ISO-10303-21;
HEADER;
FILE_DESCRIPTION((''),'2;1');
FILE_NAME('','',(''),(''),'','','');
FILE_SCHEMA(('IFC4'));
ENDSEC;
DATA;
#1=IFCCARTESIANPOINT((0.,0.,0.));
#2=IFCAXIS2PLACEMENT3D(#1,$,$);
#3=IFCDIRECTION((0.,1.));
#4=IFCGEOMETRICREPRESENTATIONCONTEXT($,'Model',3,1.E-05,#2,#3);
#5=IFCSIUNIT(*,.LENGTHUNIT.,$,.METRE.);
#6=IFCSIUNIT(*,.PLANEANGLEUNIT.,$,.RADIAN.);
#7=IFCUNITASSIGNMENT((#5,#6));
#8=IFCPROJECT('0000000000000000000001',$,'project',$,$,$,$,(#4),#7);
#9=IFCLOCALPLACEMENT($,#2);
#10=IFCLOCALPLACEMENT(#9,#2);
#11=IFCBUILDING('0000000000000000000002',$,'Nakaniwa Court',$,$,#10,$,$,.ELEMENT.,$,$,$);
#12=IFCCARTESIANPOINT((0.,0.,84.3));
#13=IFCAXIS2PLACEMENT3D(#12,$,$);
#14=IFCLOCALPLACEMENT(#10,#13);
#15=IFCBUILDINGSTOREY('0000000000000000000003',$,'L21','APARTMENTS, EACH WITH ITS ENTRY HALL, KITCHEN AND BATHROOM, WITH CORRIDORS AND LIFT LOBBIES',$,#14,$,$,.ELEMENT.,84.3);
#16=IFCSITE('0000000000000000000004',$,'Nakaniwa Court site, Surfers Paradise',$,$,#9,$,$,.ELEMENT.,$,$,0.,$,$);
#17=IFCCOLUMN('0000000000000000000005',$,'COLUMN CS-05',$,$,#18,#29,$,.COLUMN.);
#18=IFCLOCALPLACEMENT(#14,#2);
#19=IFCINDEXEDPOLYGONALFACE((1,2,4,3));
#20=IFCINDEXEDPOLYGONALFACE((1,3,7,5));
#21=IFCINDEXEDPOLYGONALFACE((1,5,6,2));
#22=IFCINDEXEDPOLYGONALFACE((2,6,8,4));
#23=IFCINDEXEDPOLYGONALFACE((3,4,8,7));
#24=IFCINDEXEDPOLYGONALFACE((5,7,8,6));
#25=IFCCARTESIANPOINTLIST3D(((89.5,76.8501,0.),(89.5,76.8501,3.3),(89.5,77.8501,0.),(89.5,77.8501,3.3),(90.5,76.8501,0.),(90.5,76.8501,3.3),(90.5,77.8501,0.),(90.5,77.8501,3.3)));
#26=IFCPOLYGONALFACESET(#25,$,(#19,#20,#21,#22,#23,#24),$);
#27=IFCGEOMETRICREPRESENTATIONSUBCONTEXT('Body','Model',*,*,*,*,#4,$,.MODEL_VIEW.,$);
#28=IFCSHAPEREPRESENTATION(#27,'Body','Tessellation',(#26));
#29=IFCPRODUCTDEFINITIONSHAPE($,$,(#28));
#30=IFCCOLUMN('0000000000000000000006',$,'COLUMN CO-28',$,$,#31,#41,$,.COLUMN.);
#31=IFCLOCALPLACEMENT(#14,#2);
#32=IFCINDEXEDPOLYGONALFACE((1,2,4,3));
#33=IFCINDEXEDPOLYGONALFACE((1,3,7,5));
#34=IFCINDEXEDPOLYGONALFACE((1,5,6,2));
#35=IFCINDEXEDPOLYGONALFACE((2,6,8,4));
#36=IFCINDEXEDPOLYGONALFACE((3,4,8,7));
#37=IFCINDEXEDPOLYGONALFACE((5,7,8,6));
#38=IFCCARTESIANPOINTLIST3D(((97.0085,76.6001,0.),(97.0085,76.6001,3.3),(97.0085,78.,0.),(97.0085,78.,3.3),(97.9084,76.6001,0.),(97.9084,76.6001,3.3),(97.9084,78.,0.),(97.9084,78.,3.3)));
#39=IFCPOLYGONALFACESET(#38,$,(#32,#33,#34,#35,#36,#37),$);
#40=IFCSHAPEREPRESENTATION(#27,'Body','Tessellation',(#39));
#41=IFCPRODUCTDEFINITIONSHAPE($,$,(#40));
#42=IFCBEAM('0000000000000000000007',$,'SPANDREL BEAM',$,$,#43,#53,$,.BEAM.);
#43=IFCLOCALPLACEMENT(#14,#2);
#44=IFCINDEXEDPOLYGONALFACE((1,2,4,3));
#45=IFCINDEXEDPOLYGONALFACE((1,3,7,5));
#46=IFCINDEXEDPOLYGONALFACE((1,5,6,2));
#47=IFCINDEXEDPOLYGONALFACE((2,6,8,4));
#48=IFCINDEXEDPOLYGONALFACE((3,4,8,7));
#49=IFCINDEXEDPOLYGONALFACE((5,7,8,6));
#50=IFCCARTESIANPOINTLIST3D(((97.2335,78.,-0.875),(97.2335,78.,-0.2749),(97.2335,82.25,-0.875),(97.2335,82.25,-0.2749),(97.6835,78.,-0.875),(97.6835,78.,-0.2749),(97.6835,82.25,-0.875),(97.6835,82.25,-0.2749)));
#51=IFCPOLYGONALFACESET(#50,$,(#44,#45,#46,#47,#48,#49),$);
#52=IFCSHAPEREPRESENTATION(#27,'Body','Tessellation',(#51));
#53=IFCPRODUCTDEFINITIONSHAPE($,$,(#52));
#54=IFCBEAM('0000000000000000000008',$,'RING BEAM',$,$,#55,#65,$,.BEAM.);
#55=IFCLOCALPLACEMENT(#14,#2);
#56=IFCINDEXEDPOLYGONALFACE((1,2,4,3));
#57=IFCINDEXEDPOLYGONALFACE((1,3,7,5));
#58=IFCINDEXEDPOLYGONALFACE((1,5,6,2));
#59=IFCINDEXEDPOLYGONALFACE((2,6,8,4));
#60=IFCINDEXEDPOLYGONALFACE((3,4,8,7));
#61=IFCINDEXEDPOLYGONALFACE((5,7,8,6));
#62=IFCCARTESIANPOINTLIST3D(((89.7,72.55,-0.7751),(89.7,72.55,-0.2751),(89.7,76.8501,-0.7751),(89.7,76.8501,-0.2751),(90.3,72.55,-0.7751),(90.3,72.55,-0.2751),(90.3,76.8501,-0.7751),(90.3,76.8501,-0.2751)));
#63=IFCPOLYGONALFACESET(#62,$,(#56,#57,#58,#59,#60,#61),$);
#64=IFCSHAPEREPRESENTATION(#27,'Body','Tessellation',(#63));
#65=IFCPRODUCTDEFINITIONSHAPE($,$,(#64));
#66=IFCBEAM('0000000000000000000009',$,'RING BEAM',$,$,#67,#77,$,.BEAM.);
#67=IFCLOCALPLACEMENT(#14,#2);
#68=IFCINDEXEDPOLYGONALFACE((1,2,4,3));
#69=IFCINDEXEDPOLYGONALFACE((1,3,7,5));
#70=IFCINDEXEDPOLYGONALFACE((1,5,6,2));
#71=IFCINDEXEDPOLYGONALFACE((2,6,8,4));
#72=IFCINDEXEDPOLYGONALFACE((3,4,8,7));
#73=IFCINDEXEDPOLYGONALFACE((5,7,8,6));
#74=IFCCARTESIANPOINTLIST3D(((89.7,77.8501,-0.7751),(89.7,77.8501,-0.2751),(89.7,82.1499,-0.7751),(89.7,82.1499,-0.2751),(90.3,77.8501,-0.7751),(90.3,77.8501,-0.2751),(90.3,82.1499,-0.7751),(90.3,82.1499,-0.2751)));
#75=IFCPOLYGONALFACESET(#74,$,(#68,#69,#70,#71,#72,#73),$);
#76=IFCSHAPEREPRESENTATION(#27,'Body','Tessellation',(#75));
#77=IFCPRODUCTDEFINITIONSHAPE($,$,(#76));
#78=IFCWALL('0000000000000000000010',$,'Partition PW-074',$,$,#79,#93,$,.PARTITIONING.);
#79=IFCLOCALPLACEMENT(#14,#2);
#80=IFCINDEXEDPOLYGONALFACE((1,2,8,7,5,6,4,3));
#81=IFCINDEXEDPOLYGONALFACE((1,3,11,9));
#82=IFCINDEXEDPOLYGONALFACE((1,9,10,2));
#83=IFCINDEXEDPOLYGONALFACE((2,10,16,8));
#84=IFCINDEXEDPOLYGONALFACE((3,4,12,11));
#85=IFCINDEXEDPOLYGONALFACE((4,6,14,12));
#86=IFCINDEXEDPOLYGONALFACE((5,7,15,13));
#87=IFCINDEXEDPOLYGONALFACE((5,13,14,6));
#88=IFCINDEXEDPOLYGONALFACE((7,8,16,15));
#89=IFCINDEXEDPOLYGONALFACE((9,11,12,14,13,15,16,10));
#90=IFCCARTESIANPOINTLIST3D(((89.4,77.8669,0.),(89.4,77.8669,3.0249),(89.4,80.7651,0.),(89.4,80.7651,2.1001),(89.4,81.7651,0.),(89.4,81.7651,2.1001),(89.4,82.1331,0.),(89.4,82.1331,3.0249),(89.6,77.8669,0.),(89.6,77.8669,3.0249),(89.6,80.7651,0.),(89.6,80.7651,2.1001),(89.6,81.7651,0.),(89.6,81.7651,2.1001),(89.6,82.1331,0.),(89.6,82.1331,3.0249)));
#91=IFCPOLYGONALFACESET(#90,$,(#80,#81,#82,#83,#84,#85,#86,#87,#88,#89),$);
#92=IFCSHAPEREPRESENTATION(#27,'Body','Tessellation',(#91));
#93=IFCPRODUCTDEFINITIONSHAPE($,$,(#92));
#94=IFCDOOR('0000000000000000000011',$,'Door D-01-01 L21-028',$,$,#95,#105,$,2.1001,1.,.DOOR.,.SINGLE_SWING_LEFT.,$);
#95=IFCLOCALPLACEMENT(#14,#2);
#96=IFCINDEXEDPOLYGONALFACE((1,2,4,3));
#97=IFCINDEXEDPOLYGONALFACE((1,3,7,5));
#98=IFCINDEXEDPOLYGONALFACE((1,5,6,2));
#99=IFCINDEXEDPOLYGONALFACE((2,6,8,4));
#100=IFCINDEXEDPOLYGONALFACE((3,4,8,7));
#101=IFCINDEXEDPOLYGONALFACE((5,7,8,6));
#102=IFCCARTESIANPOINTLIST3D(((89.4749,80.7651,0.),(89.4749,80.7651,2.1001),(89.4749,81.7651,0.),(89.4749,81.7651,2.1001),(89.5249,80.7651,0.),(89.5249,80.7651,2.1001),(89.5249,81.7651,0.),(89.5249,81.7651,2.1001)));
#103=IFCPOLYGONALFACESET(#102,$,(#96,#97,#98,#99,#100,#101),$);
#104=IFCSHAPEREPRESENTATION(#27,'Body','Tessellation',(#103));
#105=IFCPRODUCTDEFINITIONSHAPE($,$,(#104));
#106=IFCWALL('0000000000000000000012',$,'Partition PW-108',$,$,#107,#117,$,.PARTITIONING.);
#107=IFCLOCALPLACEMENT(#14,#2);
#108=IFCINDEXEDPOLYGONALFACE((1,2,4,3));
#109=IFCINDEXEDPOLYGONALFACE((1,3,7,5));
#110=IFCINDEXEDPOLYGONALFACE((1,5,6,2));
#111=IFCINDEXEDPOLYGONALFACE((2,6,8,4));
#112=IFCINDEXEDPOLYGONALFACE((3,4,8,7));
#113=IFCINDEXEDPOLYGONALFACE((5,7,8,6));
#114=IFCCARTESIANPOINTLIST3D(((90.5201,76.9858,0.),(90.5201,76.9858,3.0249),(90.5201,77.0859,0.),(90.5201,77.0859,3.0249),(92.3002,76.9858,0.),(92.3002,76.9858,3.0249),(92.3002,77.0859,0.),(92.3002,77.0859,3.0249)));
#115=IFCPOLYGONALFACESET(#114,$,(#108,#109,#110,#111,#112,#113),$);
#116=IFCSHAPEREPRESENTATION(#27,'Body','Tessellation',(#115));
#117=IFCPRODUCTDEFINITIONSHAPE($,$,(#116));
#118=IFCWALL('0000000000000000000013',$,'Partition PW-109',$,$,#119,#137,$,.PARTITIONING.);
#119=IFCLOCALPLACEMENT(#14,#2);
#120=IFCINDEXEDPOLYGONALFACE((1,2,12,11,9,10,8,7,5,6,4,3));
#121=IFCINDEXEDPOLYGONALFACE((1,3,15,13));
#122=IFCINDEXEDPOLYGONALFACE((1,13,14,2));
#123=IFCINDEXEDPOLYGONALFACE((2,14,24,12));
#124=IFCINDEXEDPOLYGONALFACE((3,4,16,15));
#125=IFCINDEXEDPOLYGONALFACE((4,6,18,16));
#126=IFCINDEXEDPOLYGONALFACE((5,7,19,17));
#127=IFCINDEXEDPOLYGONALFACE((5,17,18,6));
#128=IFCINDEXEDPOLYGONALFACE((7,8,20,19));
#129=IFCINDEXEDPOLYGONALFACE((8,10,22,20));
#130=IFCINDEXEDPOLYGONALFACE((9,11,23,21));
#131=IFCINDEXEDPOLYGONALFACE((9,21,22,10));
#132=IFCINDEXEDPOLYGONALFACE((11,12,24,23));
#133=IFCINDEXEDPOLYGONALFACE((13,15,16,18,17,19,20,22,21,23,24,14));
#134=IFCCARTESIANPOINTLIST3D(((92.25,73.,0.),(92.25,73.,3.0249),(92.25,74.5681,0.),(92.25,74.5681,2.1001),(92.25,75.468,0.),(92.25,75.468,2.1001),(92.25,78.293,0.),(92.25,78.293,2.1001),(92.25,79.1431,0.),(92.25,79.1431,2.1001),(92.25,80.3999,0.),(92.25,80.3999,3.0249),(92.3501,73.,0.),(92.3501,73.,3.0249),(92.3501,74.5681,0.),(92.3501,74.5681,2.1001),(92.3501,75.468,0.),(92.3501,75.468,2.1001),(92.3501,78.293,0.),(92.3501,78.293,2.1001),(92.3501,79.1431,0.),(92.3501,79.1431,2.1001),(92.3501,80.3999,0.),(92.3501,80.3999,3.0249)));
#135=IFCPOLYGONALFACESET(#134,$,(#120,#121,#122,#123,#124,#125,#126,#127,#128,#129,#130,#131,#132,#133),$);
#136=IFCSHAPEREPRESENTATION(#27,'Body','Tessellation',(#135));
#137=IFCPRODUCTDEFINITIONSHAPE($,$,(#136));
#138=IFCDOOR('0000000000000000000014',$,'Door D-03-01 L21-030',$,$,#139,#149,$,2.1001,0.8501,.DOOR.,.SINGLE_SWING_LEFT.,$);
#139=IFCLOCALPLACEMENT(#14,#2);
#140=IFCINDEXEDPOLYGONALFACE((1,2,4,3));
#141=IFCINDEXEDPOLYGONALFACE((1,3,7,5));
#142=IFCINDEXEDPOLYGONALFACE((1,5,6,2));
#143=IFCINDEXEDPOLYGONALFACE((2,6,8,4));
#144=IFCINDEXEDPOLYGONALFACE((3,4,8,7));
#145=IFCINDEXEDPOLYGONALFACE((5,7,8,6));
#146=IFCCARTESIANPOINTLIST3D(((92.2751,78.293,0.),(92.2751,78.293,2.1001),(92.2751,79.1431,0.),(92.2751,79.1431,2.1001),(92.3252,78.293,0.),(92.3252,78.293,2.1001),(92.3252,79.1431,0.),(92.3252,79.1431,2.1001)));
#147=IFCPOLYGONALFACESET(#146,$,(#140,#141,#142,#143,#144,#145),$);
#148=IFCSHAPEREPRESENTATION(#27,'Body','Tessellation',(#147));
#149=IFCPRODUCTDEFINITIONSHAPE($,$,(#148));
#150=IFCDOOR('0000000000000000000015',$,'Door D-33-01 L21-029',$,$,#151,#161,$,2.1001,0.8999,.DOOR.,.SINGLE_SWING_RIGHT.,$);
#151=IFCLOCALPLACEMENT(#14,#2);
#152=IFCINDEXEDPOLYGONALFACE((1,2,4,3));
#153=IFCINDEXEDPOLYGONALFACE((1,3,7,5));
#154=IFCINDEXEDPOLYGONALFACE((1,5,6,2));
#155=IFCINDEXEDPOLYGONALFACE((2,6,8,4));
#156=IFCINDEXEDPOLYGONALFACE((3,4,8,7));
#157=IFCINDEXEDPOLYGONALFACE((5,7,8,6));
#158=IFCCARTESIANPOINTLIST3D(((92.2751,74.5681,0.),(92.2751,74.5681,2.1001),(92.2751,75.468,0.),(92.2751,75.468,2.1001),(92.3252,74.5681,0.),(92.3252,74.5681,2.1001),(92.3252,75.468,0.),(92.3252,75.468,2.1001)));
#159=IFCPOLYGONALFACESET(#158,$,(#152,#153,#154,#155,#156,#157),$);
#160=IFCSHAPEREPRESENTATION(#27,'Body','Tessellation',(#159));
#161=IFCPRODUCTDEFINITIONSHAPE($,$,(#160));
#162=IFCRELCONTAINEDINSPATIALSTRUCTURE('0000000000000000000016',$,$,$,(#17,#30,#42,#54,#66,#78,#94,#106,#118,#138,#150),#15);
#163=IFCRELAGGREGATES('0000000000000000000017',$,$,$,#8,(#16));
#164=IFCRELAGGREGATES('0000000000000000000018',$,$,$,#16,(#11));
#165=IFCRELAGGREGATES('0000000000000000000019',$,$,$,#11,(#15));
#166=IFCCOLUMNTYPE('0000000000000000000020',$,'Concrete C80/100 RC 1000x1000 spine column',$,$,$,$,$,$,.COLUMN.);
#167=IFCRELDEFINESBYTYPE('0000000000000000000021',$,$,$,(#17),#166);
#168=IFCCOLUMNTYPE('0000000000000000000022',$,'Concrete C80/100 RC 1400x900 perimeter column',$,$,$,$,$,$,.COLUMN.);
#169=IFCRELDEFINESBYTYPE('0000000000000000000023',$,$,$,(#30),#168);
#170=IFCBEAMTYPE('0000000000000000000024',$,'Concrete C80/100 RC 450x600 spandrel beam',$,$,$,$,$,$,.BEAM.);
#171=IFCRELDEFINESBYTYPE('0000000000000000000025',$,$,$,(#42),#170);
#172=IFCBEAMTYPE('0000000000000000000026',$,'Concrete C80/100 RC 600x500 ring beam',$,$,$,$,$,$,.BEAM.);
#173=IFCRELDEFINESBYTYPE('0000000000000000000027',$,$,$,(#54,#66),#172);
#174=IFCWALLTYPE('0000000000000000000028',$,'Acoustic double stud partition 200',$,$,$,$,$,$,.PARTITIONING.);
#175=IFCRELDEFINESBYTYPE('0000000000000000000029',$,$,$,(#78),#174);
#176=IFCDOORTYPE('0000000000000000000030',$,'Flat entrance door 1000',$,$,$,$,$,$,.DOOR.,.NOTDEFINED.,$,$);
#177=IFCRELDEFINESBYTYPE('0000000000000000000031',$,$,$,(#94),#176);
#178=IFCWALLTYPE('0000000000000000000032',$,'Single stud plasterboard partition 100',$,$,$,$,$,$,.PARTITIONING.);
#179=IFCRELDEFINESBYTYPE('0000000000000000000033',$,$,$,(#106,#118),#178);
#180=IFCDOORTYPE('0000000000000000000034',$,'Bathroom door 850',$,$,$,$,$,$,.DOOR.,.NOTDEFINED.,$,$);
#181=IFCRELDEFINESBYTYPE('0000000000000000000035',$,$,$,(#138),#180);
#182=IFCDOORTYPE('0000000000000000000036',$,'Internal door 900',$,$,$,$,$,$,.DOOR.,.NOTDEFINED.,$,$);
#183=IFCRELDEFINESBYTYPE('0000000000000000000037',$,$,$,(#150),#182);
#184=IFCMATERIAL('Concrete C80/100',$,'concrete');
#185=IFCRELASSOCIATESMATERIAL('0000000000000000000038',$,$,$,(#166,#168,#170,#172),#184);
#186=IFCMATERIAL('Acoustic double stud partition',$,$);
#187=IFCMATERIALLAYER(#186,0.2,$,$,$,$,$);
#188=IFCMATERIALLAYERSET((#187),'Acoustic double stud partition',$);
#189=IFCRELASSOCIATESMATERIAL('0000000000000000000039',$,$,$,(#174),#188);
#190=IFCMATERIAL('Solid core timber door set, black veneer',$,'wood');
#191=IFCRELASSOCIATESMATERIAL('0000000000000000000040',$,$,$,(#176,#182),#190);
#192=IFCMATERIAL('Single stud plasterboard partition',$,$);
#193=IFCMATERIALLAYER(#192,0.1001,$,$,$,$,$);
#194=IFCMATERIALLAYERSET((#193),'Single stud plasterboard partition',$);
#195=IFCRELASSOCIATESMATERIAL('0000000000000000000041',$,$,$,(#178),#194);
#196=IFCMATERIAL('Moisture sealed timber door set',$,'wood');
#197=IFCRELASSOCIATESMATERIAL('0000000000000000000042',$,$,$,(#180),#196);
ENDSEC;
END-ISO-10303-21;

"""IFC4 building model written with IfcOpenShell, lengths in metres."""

from ifc_helpers import new_model, si_unit, direction, frame, frame_2d, origin, origin_2d, place, context, subcontext, project, spatial, rectangle, extrude, material, layer, layer_set, material_profile, profile_set, type_object, element, fill, save


model = new_model("IFC4")

# Units and contexts
model_context = context("Model", 3, precision=1e-05, world=origin(), true_north=direction((0.0, 1.0)))
body_context = subcontext(model_context, "Body", "Model", "MODEL_VIEW")
ifc_project = project(units=[si_unit("LENGTHUNIT", "METRE"), si_unit("PLANEANGLEUNIT", "RADIAN")], contexts=[model_context])

# Site, building, storey
site_placement = place(None, origin())
site = spatial("IfcSite", under=ifc_project, at=site_placement, Name="Nakaniwa Court site, Surfers Paradise", CompositionType="ELEMENT", RefElevation=0.0)
building_placement = place(site_placement, origin())
building = spatial("IfcBuilding", under=site, at=building_placement, Name="Nakaniwa Court", CompositionType="ELEMENT")
storey_placement = place(building_placement, frame((0.0, 0.0, 84.3)))
storey = spatial("IfcBuildingStorey", under=building, at=storey_placement, Name="L21", Description="APARTMENTS, EACH WITH ITS ENTRY HALL, KITCHEN AND BATHROOM, WITH CORRIDORS AND LIFT LOBBIES", CompositionType="ELEMENT", Elevation=84.3)

# Columns
ifc_material_1 = material(Name="Concrete C80/100", Category="concrete")
ifc_material_profile_1 = material_profile(ifc_material_1, rectangle(XDim=1.0, YDim=1.0, at=origin_2d()), Name="Concrete C80/100 RC 1000x1000 spine column")
ifc_profile_set_1 = profile_set([ifc_material_profile_1], Name="Concrete C80/100")
column_type_1 = type_object("IfcColumnType", Name="Concrete C80/100 RC 1000x1000 spine column", PredefinedType="COLUMN", material=ifc_profile_set_1)
column_1_placement = place(storey_placement, frame((90.0, 77.3501, 0.0), z_axis=(0.0, 0.0, 1.0), x_axis=(0.0, 1.0, 0.0)))
element("IfcColumn", 1, at=column_1_placement, inside=storey, type_object=column_type_1, Name="COLUMN CS-05", PredefinedType="COLUMN", context=body_context, shape_type="SweptSolid", body=[
    extrude(rectangle(XDim=1.0, YDim=1.0, at=origin_2d()), origin(), (0.0, 0.0, 1.0), 3.3),
])
ifc_material_profile_2 = material_profile(ifc_material_1, rectangle(XDim=1.3999, YDim=0.8999, at=origin_2d()), Name="Concrete C80/100 RC 1400x900 perimeter column")
ifc_profile_set_2 = profile_set([ifc_material_profile_2], Name="Concrete C80/100")
column_type_2 = type_object("IfcColumnType", Name="Concrete C80/100 RC 1400x900 perimeter column", PredefinedType="COLUMN", material=ifc_profile_set_2)
column_2_placement = place(storey_placement, frame((97.4585, 77.3, 0.0), z_axis=(0.0, 0.0, 1.0), x_axis=(0.0, 1.0, 0.0)))
element("IfcColumn", 2, at=column_2_placement, inside=storey, type_object=column_type_2, Name="COLUMN CO-28", PredefinedType="COLUMN", context=body_context, shape_type="SweptSolid", body=[
    extrude(rectangle(XDim=1.3999, YDim=0.8999, at=origin_2d()), origin(), (0.0, 0.0, 1.0), 3.3),
])

# Beams
ifc_material_profile_3 = material_profile(ifc_material_1, rectangle(XDim=0.45, YDim=0.6001, at=origin_2d()), Name="Concrete C80/100 RC 450x600 spandrel beam")
ifc_profile_set_3 = profile_set([ifc_material_profile_3], Name="Concrete C80/100")
beam_type_1 = type_object("IfcBeamType", Name="Concrete C80/100 RC 450x600 spandrel beam", PredefinedType="BEAM", material=ifc_profile_set_3)
beam_1_placement = place(storey_placement, frame((97.4585, 78.0, -0.575), z_axis=(0.0, 1.0, 0.0), x_axis=(-1.0, 0.0, 0.0)))
element("IfcBeam", 3, at=beam_1_placement, inside=storey, type_object=beam_type_1, Name="SPANDREL BEAM", PredefinedType="BEAM", context=body_context, shape_type="SweptSolid", body=[
    extrude(rectangle(XDim=0.45, YDim=0.6001, at=origin_2d()), origin(), (0.0, 0.0, 1.0), 4.25),
])
ifc_material_profile_4 = material_profile(ifc_material_1, rectangle(XDim=0.6001, YDim=0.5, at=origin_2d()), Name="Concrete C80/100 RC 600x500 ring beam")
ifc_profile_set_4 = profile_set([ifc_material_profile_4], Name="Concrete C80/100")
beam_type_2 = type_object("IfcBeamType", Name="Concrete C80/100 RC 600x500 ring beam", PredefinedType="BEAM", material=ifc_profile_set_4)
beam_2_placement = place(storey_placement, frame((90.0, 72.55, -0.5251), z_axis=(0.0, 1.0, 0.0), x_axis=(-1.0, 0.0, 0.0)))
element("IfcBeam", 4, at=beam_2_placement, inside=storey, type_object=beam_type_2, Name="RING BEAM", PredefinedType="BEAM", context=body_context, shape_type="SweptSolid", body=[
    extrude(rectangle(XDim=0.6001, YDim=0.5, at=origin_2d()), origin(), (0.0, 0.0, 1.0), 4.3),
])
beam_3_placement = place(storey_placement, frame((90.0, 77.8501, -0.5251), z_axis=(0.0, 1.0, 0.0), x_axis=(-1.0, 0.0, 0.0)))
element("IfcBeam", 5, at=beam_3_placement, inside=storey, type_object=beam_type_2, Name="RING BEAM", PredefinedType="BEAM", context=body_context, shape_type="SweptSolid", body=[
    extrude(rectangle(XDim=0.6001, YDim=0.5, at=origin_2d()), origin(), (0.0, 0.0, 1.0), 4.2998),
])

# Wall, opening, door
ifc_material_2 = material(Name="Acoustic double stud partition")
ifc_layer_1 = layer(ifc_material_2, 0.2)
ifc_layer_set_1 = layer_set([ifc_layer_1], Name="Acoustic double stud partition")
wall_type_1 = type_object("IfcWallType", Name="Acoustic double stud partition 200", PredefinedType="PARTITIONING", material=ifc_layer_set_1)
wall_1_placement = place(storey_placement, frame((89.5, 82.1331, 0.0), z_axis=(0.0, 0.0, 1.0), x_axis=(0.0, -1.0, 0.0)))
wall_1 = element("IfcWall", 6, at=wall_1_placement, inside=storey, type_object=wall_type_1, Name="Partition PW-074", PredefinedType="PARTITIONING", context=body_context, shape_type="SweptSolid", body=[
    extrude(rectangle(XDim=4.2661, YDim=0.2, at=frame_2d((2.1331, 0.0))), origin(), (0.0, 0.0, 1.0), 3.0249),
])
opening_1_placement = place(wall_1_placement, frame((0.3679, 0.0, 0.0)))
opening_1 = element("IfcOpeningElement", 7, at=opening_1_placement, cuts=wall_1, PredefinedType="OPENING", context=body_context, shape_type="SweptSolid", body=[
    extrude(rectangle(XDim=1.0, YDim=2.1001, at=frame_2d((0.5, 1.05))), frame((0.0, 0.1099, 0.0), z_axis=(0.0, -1.0, 0.0), x_axis=(1.0, 0.0, 0.0)), (0.0, 0.0, 1.0), 0.22),
])
ifc_material_3 = material(Name="Solid core timber door set, black veneer", Category="wood")
door_type_1 = type_object("IfcDoorType", Name="Flat entrance door 1000", OperationType="NOTDEFINED", PredefinedType="DOOR", material=ifc_material_3)
door_1_placement = place(opening_1_placement, origin())
door_1 = element("IfcDoor", 8, at=door_1_placement, inside=storey, type_object=door_type_1, Name="Door D-01-01 L21-028", OperationType="SINGLE_SWING_LEFT", OverallHeight=2.1001, OverallWidth=1.0, PredefinedType="DOOR", context=body_context, shape_type="SweptSolid", body=[
    extrude(rectangle(XDim=1.0, YDim=2.1001, at=frame_2d((0.5, 1.05))), frame((0.0, 0.0249, 0.0), z_axis=(0.0, -1.0, 0.0), x_axis=(1.0, 0.0, 0.0)), (0.0, 0.0, 1.0), 0.05),
])
fill(opening_1, door_1)

# Wall
ifc_material_4 = material(Name="Single stud plasterboard partition")
ifc_layer_2 = layer(ifc_material_4, 0.1001)
ifc_layer_set_2 = layer_set([ifc_layer_2], Name="Single stud plasterboard partition")
wall_type_2 = type_object("IfcWallType", Name="Single stud plasterboard partition 100", PredefinedType="PARTITIONING", material=ifc_layer_set_2)
wall_2_placement = place(storey_placement, frame((90.52, 77.0359, 0.0), z_axis=(0.0, 0.0, 1.0), x_axis=(1.0, 0.0, 0.0)))
element("IfcWall", 9, at=wall_2_placement, inside=storey, type_object=wall_type_2, Name="Partition PW-108", PredefinedType="PARTITIONING", context=body_context, shape_type="SweptSolid", body=[
    extrude(rectangle(XDim=1.78, YDim=0.1001, at=frame_2d((0.8901, 0.0))), origin(), (0.0, 0.0, 1.0), 3.0249),
])

# Wall, openings, doors
wall_3_placement = place(storey_placement, frame((92.3, 73.0, 0.0), z_axis=(0.0, 0.0, 1.0), x_axis=(0.0, 1.0, 0.0)))
wall_3 = element("IfcWall", 10, at=wall_3_placement, inside=storey, type_object=wall_type_2, Name="Partition PW-109", PredefinedType="PARTITIONING", context=body_context, shape_type="SweptSolid", body=[
    extrude(rectangle(XDim=7.3999, YDim=0.1001, at=frame_2d((3.7, 0.0))), origin(), (0.0, 0.0, 1.0), 3.0249),
])
opening_2_placement = place(wall_3_placement, frame((1.5681, 0.0, 0.0)))
opening_2 = element("IfcOpeningElement", 11, at=opening_2_placement, cuts=wall_3, PredefinedType="OPENING", context=body_context, shape_type="SweptSolid", body=[
    extrude(rectangle(XDim=0.8999, YDim=2.1001, at=frame_2d((0.45, 1.05))), frame((0.0, 0.0601, 0.0), z_axis=(0.0, -1.0, 0.0), x_axis=(1.0, 0.0, 0.0)), (0.0, 0.0, 1.0), 0.1201),
])
opening_3_placement = place(wall_3_placement, frame((5.293, 0.0, 0.0)))
opening_3 = element("IfcOpeningElement", 12, at=opening_3_placement, cuts=wall_3, PredefinedType="OPENING", context=body_context, shape_type="SweptSolid", body=[
    extrude(rectangle(XDim=0.8501, YDim=2.1001, at=frame_2d((0.425, 1.05))), frame((0.0, 0.0601, 0.0), z_axis=(0.0, -1.0, 0.0), x_axis=(1.0, 0.0, 0.0)), (0.0, 0.0, 1.0), 0.1201),
])
ifc_material_5 = material(Name="Moisture sealed timber door set", Category="wood")
door_type_2 = type_object("IfcDoorType", Name="Bathroom door 850", OperationType="NOTDEFINED", PredefinedType="DOOR", material=ifc_material_5)
door_2_placement = place(opening_3_placement, origin())
door_2 = element("IfcDoor", 13, at=door_2_placement, inside=storey, type_object=door_type_2, Name="Door D-03-01 L21-030", OperationType="SINGLE_SWING_LEFT", OverallHeight=2.1001, OverallWidth=0.8501, PredefinedType="DOOR", context=body_context, shape_type="SweptSolid", body=[
    extrude(rectangle(XDim=0.8501, YDim=2.1001, at=frame_2d((0.425, 1.05))), frame((0.0, 0.0249, 0.0), z_axis=(0.0, -1.0, 0.0), x_axis=(1.0, 0.0, 0.0)), (0.0, 0.0, 1.0), 0.05),
])
fill(opening_3, door_2)
door_type_3 = type_object("IfcDoorType", Name="Internal door 900", OperationType="NOTDEFINED", PredefinedType="DOOR", material=ifc_material_3)
door_3_placement = place(opening_2_placement, origin())
door_3 = element("IfcDoor", 14, at=door_3_placement, inside=storey, type_object=door_type_3, Name="Door D-33-01 L21-029", OperationType="SINGLE_SWING_RIGHT", OverallHeight=2.1001, OverallWidth=0.8999, PredefinedType="DOOR", context=body_context, shape_type="SweptSolid", body=[
    extrude(rectangle(XDim=0.8999, YDim=2.1001, at=frame_2d((0.45, 1.05))), frame((0.0, 0.0249, 0.0), z_axis=(0.0, -1.0, 0.0), x_axis=(1.0, 0.0, 0.0)), (0.0, 0.0, 1.0), 0.05),
])
fill(opening_2, door_3)

save(model, "model.ifc")
